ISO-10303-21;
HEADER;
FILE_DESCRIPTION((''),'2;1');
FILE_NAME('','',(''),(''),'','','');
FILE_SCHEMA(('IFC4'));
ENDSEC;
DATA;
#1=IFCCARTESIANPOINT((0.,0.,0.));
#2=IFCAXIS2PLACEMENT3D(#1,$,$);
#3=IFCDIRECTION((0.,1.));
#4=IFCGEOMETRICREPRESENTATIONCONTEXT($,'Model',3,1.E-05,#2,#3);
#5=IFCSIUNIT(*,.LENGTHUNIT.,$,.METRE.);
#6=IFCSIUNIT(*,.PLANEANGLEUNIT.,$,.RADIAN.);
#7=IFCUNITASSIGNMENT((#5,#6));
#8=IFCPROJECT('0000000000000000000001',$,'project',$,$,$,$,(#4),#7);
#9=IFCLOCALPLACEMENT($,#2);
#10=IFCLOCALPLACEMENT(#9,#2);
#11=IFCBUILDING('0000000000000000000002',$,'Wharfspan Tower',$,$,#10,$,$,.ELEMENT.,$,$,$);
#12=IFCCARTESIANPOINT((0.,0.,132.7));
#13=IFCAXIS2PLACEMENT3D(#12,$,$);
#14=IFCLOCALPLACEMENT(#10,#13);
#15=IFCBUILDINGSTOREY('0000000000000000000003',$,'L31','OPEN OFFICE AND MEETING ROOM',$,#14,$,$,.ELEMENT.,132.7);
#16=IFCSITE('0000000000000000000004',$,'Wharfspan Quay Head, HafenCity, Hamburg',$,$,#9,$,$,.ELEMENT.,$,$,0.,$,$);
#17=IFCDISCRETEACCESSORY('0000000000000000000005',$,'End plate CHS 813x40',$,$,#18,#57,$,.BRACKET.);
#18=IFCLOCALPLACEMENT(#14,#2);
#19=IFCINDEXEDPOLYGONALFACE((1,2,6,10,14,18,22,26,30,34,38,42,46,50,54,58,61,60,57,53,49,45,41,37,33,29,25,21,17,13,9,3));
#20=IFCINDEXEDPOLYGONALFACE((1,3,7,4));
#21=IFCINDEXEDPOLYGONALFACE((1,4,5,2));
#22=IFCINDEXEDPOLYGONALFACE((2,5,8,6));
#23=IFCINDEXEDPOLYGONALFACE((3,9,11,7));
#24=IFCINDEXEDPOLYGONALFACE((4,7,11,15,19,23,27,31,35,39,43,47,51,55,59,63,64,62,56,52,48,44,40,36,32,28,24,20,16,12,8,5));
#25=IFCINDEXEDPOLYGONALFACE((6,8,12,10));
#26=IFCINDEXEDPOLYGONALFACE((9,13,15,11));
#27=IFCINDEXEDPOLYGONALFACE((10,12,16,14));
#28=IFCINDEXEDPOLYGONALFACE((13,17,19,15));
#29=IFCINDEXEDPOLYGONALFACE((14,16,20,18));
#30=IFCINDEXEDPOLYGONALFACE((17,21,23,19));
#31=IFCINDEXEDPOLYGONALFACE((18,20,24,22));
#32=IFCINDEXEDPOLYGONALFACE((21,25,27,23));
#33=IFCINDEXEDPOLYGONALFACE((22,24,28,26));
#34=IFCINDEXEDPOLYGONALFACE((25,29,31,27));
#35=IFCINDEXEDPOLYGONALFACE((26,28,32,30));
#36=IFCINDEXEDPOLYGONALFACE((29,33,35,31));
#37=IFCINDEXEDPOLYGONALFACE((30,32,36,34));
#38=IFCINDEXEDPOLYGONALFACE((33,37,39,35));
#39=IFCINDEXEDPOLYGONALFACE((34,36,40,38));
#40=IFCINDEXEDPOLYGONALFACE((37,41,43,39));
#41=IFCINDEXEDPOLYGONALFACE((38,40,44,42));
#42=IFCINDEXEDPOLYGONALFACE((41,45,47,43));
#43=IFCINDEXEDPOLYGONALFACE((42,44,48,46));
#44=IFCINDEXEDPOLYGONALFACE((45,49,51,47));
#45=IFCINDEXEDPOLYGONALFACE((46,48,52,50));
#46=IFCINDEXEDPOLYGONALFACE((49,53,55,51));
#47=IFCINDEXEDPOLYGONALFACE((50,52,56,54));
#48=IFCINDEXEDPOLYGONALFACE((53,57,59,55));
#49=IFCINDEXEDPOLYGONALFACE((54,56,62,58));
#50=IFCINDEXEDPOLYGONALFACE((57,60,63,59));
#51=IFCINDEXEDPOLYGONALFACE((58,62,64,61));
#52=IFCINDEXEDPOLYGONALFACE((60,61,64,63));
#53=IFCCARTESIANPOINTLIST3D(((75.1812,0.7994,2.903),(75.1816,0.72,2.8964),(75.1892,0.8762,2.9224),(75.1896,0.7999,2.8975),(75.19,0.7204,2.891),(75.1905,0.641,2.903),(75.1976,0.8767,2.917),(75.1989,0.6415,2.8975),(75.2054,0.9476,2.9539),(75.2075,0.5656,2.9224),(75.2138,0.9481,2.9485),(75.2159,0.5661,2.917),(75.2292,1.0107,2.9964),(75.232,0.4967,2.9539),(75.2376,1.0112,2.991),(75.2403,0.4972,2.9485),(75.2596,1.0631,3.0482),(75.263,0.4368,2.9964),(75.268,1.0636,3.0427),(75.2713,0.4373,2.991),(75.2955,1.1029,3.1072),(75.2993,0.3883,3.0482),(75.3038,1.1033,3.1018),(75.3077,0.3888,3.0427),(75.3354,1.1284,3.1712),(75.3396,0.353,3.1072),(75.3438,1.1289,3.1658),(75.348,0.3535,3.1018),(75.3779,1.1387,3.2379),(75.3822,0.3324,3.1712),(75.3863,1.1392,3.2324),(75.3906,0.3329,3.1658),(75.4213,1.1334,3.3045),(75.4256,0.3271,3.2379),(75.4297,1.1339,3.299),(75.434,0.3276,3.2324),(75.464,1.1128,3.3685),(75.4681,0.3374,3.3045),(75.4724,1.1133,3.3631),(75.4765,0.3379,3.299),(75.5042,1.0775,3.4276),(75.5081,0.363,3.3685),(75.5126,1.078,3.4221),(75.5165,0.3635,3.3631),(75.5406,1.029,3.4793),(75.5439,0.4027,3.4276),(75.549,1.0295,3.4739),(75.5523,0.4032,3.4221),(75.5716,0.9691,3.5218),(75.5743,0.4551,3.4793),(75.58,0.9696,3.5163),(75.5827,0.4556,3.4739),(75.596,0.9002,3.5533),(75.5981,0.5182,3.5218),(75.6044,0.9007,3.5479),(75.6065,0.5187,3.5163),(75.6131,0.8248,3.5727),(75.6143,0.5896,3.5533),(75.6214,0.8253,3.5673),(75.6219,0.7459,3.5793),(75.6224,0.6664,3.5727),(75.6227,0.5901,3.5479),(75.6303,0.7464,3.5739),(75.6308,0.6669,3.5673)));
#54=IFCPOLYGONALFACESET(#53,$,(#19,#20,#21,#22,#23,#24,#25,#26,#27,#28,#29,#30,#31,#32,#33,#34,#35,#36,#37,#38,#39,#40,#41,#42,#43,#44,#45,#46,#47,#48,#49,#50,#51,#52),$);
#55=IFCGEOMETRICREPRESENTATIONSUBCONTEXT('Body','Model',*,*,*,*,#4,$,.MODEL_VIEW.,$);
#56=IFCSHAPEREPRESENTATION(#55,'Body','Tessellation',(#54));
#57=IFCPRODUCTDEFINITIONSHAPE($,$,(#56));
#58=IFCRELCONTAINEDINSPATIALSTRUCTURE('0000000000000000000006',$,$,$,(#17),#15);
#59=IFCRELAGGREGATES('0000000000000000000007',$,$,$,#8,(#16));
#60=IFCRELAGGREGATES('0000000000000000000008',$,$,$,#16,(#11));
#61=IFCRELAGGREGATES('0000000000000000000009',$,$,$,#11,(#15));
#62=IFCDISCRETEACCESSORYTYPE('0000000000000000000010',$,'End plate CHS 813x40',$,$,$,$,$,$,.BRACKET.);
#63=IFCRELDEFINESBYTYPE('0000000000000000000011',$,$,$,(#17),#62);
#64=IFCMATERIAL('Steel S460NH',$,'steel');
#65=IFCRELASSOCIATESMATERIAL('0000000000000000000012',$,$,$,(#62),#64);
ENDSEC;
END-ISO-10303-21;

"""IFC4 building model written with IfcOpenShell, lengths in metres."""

from ifc_helpers import new_model, si_unit, direction, frame, origin, origin_2d, place, context, subcontext, project, spatial, circle, extrude, material, material_profile, profile_set, type_object, element, save


model = new_model("IFC4")

# Units and contexts
model_context = context("Model", 3, precision=1e-05, world=origin(), true_north=direction((0.0, 1.0)))
body_context = subcontext(model_context, "Body", "Model", "MODEL_VIEW")
ifc_project = project(units=[si_unit("LENGTHUNIT", "METRE"), si_unit("PLANEANGLEUNIT", "RADIAN")], contexts=[model_context])

# Site, building, storey
site_placement = place(None, origin())
site = spatial("IfcSite", under=ifc_project, at=site_placement, Name="Wharfspan Quay Head, HafenCity, Hamburg", CompositionType="ELEMENT", RefElevation=0.0)
building_placement = place(site_placement, origin())
building = spatial("IfcBuilding", under=site, at=building_placement, Name="Wharfspan Tower", CompositionType="ELEMENT")
storey_placement = place(building_placement, frame((0.0, 0.0, 132.7)))
storey = spatial("IfcBuildingStorey", under=building, at=storey_placement, Name="L31", Description="OPEN OFFICE AND MEETING ROOM", CompositionType="ELEMENT", Elevation=132.7)

# Shared definitions
ifc_material_1 = material(Name="Steel S460NH", Category="steel")

# Discrete accessory
ifc_material_profile_1 = material_profile(ifc_material_1, circle(Radius=0.4065, at=origin_2d()))
ifc_profile_set_1 = profile_set([ifc_material_profile_1], Name="Steel S460NH")
discrete_accessory_type = type_object("IfcDiscreteAccessoryType", Name="End plate CHS 813x40", PredefinedType="BRACKET", material=ifc_profile_set_1)
for number, where, z_axis, x_axis, name in (
    (1, (75.4102, 0.7334, 3.2324), (-0.838548, -0.049326, 0.54259), (0.058722, -0.99827, 0.000001), "End plate CHS 813x40"),
):
    element("IfcDiscreteAccessory", number, at=place(storey_placement, frame(where, z_axis=z_axis, x_axis=x_axis)), inside=storey, type_object=discrete_accessory_type, Name=name, PredefinedType="BRACKET", context=body_context, shape_type="SweptSolid", body=[
        extrude(circle(Radius=0.4065, at=origin_2d()), origin(), (0.0, 0.0, 1.0), 0.01),
    ])

save(model, "model.ifc")
